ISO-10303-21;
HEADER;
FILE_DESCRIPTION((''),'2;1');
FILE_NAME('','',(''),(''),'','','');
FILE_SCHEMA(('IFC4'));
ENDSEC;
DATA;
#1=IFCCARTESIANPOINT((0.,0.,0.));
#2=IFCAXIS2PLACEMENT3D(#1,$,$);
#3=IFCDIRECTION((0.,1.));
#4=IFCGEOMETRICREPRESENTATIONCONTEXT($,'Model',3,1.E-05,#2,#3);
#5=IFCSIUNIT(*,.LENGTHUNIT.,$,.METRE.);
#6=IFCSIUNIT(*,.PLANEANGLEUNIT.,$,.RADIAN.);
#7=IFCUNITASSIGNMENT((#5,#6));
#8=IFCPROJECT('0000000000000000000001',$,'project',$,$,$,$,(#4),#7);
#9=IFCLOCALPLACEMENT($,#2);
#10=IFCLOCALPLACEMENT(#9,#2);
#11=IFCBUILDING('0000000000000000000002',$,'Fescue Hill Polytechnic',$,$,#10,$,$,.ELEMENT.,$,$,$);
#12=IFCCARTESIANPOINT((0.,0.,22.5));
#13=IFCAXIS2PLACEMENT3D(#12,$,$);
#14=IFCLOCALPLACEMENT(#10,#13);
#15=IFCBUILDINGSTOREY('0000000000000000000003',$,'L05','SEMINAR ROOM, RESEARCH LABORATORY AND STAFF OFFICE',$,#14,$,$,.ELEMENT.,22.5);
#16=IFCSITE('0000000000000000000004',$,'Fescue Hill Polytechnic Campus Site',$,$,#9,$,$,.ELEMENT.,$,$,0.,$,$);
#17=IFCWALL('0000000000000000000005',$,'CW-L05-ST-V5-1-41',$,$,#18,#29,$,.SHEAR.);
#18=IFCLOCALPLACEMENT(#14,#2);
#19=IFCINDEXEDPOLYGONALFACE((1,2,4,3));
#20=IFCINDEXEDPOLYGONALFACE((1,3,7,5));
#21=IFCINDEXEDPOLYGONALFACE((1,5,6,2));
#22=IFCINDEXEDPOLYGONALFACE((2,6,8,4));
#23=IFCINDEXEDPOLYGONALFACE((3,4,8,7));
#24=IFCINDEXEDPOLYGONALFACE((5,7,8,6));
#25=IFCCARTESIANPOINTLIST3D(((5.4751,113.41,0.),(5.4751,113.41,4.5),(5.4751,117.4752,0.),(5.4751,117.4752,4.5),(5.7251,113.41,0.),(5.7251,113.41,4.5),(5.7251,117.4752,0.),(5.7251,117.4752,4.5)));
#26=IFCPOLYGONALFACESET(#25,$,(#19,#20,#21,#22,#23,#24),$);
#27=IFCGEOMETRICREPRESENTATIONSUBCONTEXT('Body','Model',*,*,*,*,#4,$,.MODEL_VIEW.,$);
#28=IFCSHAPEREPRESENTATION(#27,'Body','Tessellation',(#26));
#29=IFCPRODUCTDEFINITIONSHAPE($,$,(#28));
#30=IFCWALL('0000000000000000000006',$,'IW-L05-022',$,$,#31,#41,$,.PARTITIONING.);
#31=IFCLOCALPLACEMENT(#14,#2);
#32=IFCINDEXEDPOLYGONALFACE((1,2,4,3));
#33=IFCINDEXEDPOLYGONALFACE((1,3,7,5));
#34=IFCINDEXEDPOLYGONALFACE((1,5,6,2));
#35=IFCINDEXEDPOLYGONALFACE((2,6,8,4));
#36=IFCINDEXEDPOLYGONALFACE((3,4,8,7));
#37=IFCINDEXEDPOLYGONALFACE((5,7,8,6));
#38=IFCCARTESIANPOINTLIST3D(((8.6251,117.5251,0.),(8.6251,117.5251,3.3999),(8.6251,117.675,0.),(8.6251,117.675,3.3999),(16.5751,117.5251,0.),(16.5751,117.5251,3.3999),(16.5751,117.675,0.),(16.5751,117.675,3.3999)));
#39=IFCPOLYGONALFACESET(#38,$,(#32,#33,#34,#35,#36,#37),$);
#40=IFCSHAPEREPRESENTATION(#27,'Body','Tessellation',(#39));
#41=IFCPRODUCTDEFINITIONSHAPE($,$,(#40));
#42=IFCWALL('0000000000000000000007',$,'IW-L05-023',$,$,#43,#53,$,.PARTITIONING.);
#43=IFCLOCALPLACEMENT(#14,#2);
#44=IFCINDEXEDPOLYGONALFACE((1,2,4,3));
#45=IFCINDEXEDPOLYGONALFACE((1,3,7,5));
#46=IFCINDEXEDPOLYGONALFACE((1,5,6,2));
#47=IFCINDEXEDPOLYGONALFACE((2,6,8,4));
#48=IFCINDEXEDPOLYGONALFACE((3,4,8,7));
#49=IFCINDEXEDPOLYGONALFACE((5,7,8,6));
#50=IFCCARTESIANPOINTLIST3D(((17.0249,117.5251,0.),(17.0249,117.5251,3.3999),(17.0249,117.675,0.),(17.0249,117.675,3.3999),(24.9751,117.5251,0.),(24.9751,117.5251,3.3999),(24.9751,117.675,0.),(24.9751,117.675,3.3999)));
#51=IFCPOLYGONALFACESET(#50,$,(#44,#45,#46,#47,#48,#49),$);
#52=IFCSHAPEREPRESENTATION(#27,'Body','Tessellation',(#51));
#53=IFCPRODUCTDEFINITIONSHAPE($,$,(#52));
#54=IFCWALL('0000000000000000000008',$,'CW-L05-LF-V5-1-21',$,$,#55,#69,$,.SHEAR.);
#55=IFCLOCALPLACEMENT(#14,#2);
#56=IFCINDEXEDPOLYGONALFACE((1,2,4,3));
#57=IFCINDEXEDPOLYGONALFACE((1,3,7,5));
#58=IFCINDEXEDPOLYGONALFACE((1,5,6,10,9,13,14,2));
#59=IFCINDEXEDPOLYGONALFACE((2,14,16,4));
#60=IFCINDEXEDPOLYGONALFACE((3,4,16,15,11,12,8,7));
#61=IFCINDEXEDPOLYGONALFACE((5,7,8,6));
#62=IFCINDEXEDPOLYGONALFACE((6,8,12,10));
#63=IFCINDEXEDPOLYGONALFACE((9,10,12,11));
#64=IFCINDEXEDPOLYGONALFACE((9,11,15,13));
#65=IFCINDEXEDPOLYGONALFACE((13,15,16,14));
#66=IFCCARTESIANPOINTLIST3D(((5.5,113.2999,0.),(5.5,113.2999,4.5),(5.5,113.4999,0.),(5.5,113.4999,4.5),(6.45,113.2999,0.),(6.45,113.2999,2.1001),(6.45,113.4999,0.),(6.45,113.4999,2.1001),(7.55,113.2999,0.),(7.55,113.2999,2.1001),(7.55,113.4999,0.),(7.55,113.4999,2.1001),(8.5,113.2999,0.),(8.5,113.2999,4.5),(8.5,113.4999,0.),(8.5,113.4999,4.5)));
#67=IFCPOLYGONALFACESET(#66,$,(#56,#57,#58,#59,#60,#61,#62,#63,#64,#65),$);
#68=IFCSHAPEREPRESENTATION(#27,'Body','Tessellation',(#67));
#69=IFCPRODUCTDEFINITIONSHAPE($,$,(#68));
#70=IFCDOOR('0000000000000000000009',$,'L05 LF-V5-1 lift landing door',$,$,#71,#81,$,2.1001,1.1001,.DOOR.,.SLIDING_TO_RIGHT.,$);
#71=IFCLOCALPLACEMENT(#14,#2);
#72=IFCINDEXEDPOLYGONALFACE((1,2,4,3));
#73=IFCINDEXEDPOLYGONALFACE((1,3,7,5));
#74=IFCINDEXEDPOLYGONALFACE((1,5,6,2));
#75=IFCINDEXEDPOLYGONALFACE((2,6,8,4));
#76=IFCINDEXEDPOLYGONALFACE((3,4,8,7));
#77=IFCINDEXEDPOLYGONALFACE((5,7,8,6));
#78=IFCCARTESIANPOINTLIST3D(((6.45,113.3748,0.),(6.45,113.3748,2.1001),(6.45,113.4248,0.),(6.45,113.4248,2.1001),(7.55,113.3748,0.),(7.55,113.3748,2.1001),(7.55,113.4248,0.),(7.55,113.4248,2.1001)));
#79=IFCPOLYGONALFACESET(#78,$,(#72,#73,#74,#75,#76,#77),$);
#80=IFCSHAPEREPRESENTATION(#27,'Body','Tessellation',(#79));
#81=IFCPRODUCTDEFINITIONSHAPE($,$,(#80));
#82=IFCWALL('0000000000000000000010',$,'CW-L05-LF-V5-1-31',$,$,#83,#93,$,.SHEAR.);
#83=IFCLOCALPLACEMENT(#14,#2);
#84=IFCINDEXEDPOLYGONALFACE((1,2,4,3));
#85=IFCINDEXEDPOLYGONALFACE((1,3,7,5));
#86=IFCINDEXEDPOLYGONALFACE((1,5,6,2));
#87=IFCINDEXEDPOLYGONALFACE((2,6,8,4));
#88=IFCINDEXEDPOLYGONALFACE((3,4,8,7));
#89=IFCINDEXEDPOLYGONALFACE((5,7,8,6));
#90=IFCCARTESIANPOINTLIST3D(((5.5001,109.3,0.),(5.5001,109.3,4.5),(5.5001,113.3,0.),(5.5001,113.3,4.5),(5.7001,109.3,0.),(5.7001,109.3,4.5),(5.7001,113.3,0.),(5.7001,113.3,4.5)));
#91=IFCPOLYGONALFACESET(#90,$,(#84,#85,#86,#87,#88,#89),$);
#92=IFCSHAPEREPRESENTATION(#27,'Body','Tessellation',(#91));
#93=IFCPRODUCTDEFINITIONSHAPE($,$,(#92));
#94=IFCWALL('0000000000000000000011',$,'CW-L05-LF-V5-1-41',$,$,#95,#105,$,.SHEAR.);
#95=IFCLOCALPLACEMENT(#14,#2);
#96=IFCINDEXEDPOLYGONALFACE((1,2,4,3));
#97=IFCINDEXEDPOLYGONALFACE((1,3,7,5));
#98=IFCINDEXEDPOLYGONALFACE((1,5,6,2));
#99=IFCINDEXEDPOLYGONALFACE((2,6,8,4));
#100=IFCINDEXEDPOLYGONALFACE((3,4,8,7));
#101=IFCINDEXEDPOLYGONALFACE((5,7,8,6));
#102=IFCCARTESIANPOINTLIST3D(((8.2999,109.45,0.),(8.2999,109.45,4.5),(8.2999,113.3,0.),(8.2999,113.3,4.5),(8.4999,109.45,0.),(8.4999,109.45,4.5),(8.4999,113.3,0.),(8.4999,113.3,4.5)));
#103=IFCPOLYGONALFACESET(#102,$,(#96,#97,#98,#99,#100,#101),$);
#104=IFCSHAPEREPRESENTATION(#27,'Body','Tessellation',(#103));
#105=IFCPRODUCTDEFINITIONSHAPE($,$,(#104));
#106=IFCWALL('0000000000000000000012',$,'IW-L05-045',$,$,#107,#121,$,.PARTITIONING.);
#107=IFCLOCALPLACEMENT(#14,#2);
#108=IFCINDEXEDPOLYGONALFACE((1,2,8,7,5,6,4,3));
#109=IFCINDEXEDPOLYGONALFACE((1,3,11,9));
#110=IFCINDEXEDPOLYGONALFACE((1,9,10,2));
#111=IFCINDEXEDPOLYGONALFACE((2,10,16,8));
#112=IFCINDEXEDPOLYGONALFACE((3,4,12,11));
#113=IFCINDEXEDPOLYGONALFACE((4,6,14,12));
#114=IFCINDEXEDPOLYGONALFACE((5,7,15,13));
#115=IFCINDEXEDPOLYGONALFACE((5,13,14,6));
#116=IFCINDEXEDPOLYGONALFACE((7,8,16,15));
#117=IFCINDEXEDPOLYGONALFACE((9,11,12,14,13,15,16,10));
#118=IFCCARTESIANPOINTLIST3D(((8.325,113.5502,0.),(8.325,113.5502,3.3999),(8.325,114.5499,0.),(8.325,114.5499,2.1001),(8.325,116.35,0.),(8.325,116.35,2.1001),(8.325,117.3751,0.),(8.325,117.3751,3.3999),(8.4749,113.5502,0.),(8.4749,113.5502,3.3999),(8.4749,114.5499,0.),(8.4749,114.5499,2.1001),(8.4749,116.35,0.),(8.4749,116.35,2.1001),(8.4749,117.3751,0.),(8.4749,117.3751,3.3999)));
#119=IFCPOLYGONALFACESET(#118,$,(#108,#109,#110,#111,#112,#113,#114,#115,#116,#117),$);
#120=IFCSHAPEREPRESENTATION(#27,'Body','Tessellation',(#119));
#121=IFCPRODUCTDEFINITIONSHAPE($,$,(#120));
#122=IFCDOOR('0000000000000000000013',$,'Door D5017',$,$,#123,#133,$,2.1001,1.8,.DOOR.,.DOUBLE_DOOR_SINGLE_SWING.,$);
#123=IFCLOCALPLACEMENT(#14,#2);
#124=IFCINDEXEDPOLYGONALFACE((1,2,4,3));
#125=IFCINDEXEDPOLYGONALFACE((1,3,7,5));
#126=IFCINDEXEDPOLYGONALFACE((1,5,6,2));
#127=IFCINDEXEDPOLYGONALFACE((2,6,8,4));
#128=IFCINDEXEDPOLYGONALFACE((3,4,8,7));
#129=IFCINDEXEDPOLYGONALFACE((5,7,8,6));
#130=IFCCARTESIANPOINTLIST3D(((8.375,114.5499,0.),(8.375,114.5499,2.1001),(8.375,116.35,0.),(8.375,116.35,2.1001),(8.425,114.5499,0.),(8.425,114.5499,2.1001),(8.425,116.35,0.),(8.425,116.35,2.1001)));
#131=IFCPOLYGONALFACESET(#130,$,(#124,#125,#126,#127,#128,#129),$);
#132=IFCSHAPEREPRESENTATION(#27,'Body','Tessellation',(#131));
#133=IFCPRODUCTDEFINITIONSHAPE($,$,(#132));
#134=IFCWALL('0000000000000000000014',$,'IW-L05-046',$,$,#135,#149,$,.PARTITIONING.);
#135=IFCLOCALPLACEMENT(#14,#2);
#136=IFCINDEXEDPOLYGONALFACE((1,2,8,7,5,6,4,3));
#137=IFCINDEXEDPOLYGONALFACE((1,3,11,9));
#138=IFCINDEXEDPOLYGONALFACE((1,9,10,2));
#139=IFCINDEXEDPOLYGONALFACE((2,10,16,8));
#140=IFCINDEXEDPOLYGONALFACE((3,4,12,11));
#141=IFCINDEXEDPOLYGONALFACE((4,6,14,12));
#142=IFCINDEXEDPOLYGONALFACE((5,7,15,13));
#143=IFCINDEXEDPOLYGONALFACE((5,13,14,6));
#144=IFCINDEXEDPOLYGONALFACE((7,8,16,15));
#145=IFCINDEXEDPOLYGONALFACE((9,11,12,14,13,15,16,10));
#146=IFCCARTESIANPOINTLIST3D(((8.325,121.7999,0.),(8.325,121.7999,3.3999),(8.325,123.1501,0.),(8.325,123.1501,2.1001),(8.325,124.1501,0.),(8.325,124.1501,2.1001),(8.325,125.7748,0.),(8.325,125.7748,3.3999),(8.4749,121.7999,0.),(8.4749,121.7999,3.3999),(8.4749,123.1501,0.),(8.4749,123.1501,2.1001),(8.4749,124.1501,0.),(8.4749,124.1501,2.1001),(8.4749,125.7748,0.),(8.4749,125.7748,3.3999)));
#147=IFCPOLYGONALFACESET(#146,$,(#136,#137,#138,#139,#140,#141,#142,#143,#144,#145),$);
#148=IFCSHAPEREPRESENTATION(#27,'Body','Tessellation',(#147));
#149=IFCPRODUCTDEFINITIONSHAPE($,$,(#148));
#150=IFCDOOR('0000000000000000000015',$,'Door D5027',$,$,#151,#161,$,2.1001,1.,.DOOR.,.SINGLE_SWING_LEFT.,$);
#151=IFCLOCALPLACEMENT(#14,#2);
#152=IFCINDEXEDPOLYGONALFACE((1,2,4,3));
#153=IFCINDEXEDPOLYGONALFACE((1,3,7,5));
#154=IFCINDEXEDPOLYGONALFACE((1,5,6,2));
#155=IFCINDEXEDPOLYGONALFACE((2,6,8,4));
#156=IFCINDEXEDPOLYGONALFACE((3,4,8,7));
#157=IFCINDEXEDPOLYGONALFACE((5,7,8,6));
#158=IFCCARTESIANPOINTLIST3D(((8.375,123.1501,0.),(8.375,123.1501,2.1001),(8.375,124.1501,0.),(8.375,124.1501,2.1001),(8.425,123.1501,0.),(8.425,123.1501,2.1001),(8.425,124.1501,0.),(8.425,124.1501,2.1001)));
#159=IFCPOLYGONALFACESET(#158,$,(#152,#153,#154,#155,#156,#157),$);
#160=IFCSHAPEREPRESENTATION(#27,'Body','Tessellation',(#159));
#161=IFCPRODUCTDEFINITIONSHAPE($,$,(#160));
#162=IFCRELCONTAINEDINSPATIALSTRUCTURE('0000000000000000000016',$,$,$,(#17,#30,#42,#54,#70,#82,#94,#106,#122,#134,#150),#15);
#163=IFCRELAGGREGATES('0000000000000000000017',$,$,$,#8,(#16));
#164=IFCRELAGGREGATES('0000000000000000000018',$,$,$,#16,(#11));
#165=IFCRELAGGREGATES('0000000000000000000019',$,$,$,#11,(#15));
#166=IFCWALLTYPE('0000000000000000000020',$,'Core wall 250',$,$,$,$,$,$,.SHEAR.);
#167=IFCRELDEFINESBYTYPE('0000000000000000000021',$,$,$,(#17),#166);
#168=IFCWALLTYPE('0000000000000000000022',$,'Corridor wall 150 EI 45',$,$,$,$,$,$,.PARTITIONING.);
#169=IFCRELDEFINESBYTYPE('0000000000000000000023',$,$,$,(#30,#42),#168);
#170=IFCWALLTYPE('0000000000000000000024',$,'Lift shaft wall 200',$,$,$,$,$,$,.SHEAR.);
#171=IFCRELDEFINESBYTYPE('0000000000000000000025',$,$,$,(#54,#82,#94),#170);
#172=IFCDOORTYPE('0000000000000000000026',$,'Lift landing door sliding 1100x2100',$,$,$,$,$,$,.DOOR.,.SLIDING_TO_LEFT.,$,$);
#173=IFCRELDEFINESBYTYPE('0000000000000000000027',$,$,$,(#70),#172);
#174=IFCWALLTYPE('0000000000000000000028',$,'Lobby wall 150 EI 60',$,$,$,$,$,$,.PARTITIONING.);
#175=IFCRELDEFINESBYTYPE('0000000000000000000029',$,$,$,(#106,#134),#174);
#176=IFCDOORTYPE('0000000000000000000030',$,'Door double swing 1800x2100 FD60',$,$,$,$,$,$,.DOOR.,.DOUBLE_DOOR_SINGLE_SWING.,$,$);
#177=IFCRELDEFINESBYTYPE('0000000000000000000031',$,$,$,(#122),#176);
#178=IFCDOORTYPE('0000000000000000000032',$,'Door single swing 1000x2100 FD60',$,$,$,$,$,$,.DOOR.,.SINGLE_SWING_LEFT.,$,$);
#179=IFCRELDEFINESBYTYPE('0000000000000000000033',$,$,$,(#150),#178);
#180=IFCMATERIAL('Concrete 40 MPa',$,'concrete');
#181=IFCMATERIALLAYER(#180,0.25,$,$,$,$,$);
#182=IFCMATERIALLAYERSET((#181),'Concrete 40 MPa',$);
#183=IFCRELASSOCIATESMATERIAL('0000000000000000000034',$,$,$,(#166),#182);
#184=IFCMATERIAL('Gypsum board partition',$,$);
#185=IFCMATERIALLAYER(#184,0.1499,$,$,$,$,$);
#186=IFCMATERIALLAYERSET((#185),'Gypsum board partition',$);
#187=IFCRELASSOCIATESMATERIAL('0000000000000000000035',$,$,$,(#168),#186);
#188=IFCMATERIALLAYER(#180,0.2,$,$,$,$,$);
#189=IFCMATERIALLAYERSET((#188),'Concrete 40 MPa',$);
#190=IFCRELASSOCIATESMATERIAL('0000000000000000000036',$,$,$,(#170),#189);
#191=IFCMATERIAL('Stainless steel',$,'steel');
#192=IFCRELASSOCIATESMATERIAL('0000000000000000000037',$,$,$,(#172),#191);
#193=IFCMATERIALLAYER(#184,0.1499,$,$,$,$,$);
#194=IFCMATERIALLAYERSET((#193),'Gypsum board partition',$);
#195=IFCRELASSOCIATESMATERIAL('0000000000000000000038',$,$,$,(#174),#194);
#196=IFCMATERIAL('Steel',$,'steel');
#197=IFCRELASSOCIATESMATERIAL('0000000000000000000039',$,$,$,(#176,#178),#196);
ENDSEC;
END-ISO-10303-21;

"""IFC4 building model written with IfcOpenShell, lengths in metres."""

from ifc_helpers import new_model, si_unit, direction, frame, frame_2d, origin, place, context, subcontext, project, spatial, rectangle, extrude, material, layer, layer_set, type_object, element, fill, save


model = new_model("IFC4")

# Units and contexts
model_context = context("Model", 3, precision=1e-05, world=origin(), true_north=direction((0.0, 1.0)))
body_context = subcontext(model_context, "Body", "Model", "MODEL_VIEW")
ifc_project = project(units=[si_unit("LENGTHUNIT", "METRE"), si_unit("PLANEANGLEUNIT", "RADIAN")], contexts=[model_context])

# Site, building, storey
site_placement = place(None, origin())
site = spatial("IfcSite", under=ifc_project, at=site_placement, Name="Fescue Hill Polytechnic Campus Site", CompositionType="ELEMENT", RefElevation=0.0)
building_placement = place(site_placement, origin())
building = spatial("IfcBuilding", under=site, at=building_placement, Name="Fescue Hill Polytechnic", CompositionType="ELEMENT")
storey_placement = place(building_placement, frame((0.0, 0.0, 22.5)))
storey = spatial("IfcBuildingStorey", under=building, at=storey_placement, Name="L05", Description="SEMINAR ROOM, RESEARCH LABORATORY AND STAFF OFFICE", CompositionType="ELEMENT", Elevation=22.5)

# Shared definitions
ifc_material_1 = material(Name="Concrete 40 MPa", Category="concrete")

# Walls
ifc_layer_1 = layer(ifc_material_1, 0.25)
ifc_layer_set_1 = layer_set([ifc_layer_1], Name="Concrete 40 MPa")
wall_type_1 = type_object("IfcWallType", Name="Core wall 250", PredefinedType="SHEAR", material=ifc_layer_set_1)
wall_1_placement = place(storey_placement, frame((5.6001, 113.4099, 0.0), z_axis=(0.0, 0.0, 1.0), x_axis=(0.0, 1.0, 0.0)))
element("IfcWall", 1, at=wall_1_placement, inside=storey, type_object=wall_type_1, Name="CW-L05-ST-V5-1-41", PredefinedType="SHEAR", context=body_context, shape_type="SweptSolid", body=[
    extrude(rectangle(XDim=4.0652, YDim=0.25, at=frame_2d((2.0327, 0.0))), origin(), (0.0, 0.0, 1.0), 4.5),
])
ifc_material_2 = material(Name="Gypsum board partition")
ifc_layer_2 = layer(ifc_material_2, 0.1499)
ifc_layer_set_2 = layer_set([ifc_layer_2], Name="Gypsum board partition")
wall_type_2 = type_object("IfcWallType", Name="Corridor wall 150 EI 45", PredefinedType="PARTITIONING", material=ifc_layer_set_2)
wall_2_placement = place(storey_placement, frame((8.625, 117.6001, 0.0), z_axis=(0.0, 0.0, 1.0), x_axis=(1.0, 0.0, 0.0)))
element("IfcWall", 2, at=wall_2_placement, inside=storey, type_object=wall_type_2, Name="IW-L05-022", PredefinedType="PARTITIONING", context=body_context, shape_type="SweptSolid", body=[
    extrude(rectangle(XDim=7.95, YDim=0.1499, at=frame_2d((3.9751, 0.0))), origin(), (0.0, 0.0, 1.0), 3.3999),
])
wall_3_placement = place(storey_placement, frame((17.0249, 117.6001, 0.0), z_axis=(0.0, 0.0, 1.0), x_axis=(1.0, 0.0, 0.0)))
element("IfcWall", 3, at=wall_3_placement, inside=storey, type_object=wall_type_2, Name="IW-L05-023", PredefinedType="PARTITIONING", context=body_context, shape_type="SweptSolid", body=[
    extrude(rectangle(XDim=7.9502, YDim=0.1499, at=frame_2d((3.9751, 0.0))), origin(), (0.0, 0.0, 1.0), 3.3999),
])

# Wall, opening, door
ifc_layer_3 = layer(ifc_material_1, 0.2)
ifc_layer_set_3 = layer_set([ifc_layer_3], Name="Concrete 40 MPa")
wall_type_3 = type_object("IfcWallType", Name="Lift shaft wall 200", PredefinedType="SHEAR", material=ifc_layer_set_3)
wall_4_placement = place(storey_placement, frame((5.5, 113.3999, 0.0), z_axis=(0.0, 0.0, 1.0), x_axis=(1.0, 0.0, 0.0)))
wall_4 = element("IfcWall", 4, at=wall_4_placement, inside=storey, type_object=wall_type_3, Name="CW-L05-LF-V5-1-21", PredefinedType="SHEAR", context=body_context, shape_type="SweptSolid", body=[
    extrude(rectangle(XDim=3.0, YDim=0.2, at=frame_2d((1.5, 0.0))), origin(), (0.0, 0.0, 1.0), 4.5),
])
opening_1_placement = place(wall_4_placement, frame((0.95, 0.0, 0.0)))
opening_1 = element("IfcOpeningElement", 5, at=opening_1_placement, cuts=wall_4, PredefinedType="OPENING", context=body_context, shape_type="SweptSolid", body=[
    extrude(rectangle(XDim=1.1001, YDim=2.1001, at=frame_2d((0.55, 1.05))), frame((0.0, 0.1099, 0.0), z_axis=(0.0, -1.0, 0.0), x_axis=(1.0, 0.0, 0.0)), (0.0, 0.0, 1.0), 0.22),
])
ifc_material_3 = material(Name="Stainless steel", Category="steel")
door_type_1 = type_object("IfcDoorType", Name="Lift landing door sliding 1100x2100", OperationType="SLIDING_TO_LEFT", PredefinedType="DOOR", material=ifc_material_3)
door_1_placement = place(opening_1_placement, origin())
door_1 = element("IfcDoor", 6, at=door_1_placement, inside=storey, type_object=door_type_1, Name="L05 LF-V5-1 lift landing door", OperationType="SLIDING_TO_RIGHT", OverallHeight=2.1001, OverallWidth=1.1001, PredefinedType="DOOR", context=body_context, shape_type="SweptSolid", body=[
    extrude(rectangle(XDim=1.1001, YDim=2.1001, at=frame_2d((0.55, 1.05))), frame((0.0, 0.0249, 0.0), z_axis=(0.0, -1.0, 0.0), x_axis=(1.0, 0.0, 0.0)), (0.0, 0.0, 1.0), 0.05),
])
fill(opening_1, door_1)

# Walls
wall_5_placement = place(storey_placement, frame((5.6001, 109.3, 0.0), z_axis=(0.0, 0.0, 1.0), x_axis=(0.0, 1.0, 0.0)))
element("IfcWall", 7, at=wall_5_placement, inside=storey, type_object=wall_type_3, Name="CW-L05-LF-V5-1-31", PredefinedType="SHEAR", context=body_context, shape_type="SweptSolid", body=[
    extrude(rectangle(XDim=4.0, YDim=0.2, at=frame_2d((2.0, 0.0))), origin(), (0.0, 0.0, 1.0), 4.5),
])
wall_6_placement = place(storey_placement, frame((8.3999, 109.45, 0.0), z_axis=(0.0, 0.0, 1.0), x_axis=(0.0, 1.0, 0.0)))
element("IfcWall", 8, at=wall_6_placement, inside=storey, type_object=wall_type_3, Name="CW-L05-LF-V5-1-41", PredefinedType="SHEAR", context=body_context, shape_type="SweptSolid", body=[
    extrude(rectangle(XDim=3.8501, YDim=0.2, at=frame_2d((1.925, 0.0))), origin(), (0.0, 0.0, 1.0), 4.5),
])

# Walls, openings, doors
ifc_layer_4 = layer(ifc_material_2, 0.1499)
ifc_layer_set_4 = layer_set([ifc_layer_4], Name="Gypsum board partition")
wall_type_4 = type_object("IfcWallType", Name="Lobby wall 150 EI 60", PredefinedType="PARTITIONING", material=ifc_layer_set_4)
wall_7_placement = place(storey_placement, frame((8.3999, 113.55, 0.0), z_axis=(0.0, 0.0, 1.0), x_axis=(0.0, 1.0, 0.0)))
wall_7 = element("IfcWall", 9, at=wall_7_placement, inside=storey, type_object=wall_type_4, Name="IW-L05-045", PredefinedType="PARTITIONING", context=body_context, shape_type="SweptSolid", body=[
    extrude(rectangle(XDim=3.825, YDim=0.1499, at=frame_2d((1.9126, 0.0))), origin(), (0.0, 0.0, 1.0), 3.3999),
])
opening_2_placement = place(wall_7_placement, frame((1.0, 0.0, 0.0)))
opening_2 = element("IfcOpeningElement", 10, at=opening_2_placement, cuts=wall_7, PredefinedType="OPENING", context=body_context, shape_type="SweptSolid", body=[
    extrude(rectangle(XDim=1.8, YDim=2.1001, at=frame_2d((0.8999, 1.05))), frame((0.0, 0.085, 0.0), z_axis=(0.0, -1.0, 0.0), x_axis=(1.0, 0.0, 0.0)), (0.0, 0.0, 1.0), 0.1699),
])
ifc_material_4 = material(Name="Steel", Category="steel")
door_type_2 = type_object("IfcDoorType", Name="Door double swing 1800x2100 FD60", OperationType="DOUBLE_DOOR_SINGLE_SWING", PredefinedType="DOOR", material=ifc_material_4)
door_2_placement = place(opening_2_placement, origin())
door_2 = element("IfcDoor", 11, at=door_2_placement, inside=storey, type_object=door_type_2, Name="Door D5017", OperationType="DOUBLE_DOOR_SINGLE_SWING", OverallHeight=2.1001, OverallWidth=1.8, PredefinedType="DOOR", context=body_context, shape_type="SweptSolid", body=[
    extrude(rectangle(XDim=1.8, YDim=2.1001, at=frame_2d((0.8999, 1.05))), frame((0.0, 0.0249, 0.0), z_axis=(0.0, -1.0, 0.0), x_axis=(1.0, 0.0, 0.0)), (0.0, 0.0, 1.0), 0.05),
])
fill(opening_2, door_2)
wall_8_placement = place(storey_placement, frame((8.3999, 121.8, 0.0), z_axis=(0.0, 0.0, 1.0), x_axis=(0.0, 1.0, 0.0)))
wall_8 = element("IfcWall", 12, at=wall_8_placement, inside=storey, type_object=wall_type_4, Name="IW-L05-046", PredefinedType="PARTITIONING", context=body_context, shape_type="SweptSolid", body=[
    extrude(rectangle(XDim=3.9749, YDim=0.1499, at=frame_2d((1.9873, 0.0))), origin(), (0.0, 0.0, 1.0), 3.3999),
])
opening_3_placement = place(wall_8_placement, frame((1.3501, 0.0, 0.0)))
opening_3 = element("IfcOpeningElement", 13, at=opening_3_placement, cuts=wall_8, PredefinedType="OPENING", context=body_context, shape_type="SweptSolid", body=[
    extrude(rectangle(XDim=1.0, YDim=2.1001, at=frame_2d((0.5, 1.05))), frame((0.0, 0.085, 0.0), z_axis=(0.0, -1.0, 0.0), x_axis=(1.0, 0.0, 0.0)), (0.0, 0.0, 1.0), 0.1699),
])
door_type_3 = type_object("IfcDoorType", Name="Door single swing 1000x2100 FD60", OperationType="SINGLE_SWING_LEFT", PredefinedType="DOOR", material=ifc_material_4)
door_3_placement = place(opening_3_placement, origin())
door_3 = element("IfcDoor", 14, at=door_3_placement, inside=storey, type_object=door_type_3, Name="Door D5027", OperationType="SINGLE_SWING_LEFT", OverallHeight=2.1001, OverallWidth=1.0, PredefinedType="DOOR", context=body_context, shape_type="SweptSolid", body=[
    extrude(rectangle(XDim=1.0, YDim=2.1001, at=frame_2d((0.5, 1.05))), frame((0.0, 0.0249, 0.0), z_axis=(0.0, -1.0, 0.0), x_axis=(1.0, 0.0, 0.0)), (0.0, 0.0, 1.0), 0.05),
])
fill(opening_3, door_3)

save(model, "model.ifc")
